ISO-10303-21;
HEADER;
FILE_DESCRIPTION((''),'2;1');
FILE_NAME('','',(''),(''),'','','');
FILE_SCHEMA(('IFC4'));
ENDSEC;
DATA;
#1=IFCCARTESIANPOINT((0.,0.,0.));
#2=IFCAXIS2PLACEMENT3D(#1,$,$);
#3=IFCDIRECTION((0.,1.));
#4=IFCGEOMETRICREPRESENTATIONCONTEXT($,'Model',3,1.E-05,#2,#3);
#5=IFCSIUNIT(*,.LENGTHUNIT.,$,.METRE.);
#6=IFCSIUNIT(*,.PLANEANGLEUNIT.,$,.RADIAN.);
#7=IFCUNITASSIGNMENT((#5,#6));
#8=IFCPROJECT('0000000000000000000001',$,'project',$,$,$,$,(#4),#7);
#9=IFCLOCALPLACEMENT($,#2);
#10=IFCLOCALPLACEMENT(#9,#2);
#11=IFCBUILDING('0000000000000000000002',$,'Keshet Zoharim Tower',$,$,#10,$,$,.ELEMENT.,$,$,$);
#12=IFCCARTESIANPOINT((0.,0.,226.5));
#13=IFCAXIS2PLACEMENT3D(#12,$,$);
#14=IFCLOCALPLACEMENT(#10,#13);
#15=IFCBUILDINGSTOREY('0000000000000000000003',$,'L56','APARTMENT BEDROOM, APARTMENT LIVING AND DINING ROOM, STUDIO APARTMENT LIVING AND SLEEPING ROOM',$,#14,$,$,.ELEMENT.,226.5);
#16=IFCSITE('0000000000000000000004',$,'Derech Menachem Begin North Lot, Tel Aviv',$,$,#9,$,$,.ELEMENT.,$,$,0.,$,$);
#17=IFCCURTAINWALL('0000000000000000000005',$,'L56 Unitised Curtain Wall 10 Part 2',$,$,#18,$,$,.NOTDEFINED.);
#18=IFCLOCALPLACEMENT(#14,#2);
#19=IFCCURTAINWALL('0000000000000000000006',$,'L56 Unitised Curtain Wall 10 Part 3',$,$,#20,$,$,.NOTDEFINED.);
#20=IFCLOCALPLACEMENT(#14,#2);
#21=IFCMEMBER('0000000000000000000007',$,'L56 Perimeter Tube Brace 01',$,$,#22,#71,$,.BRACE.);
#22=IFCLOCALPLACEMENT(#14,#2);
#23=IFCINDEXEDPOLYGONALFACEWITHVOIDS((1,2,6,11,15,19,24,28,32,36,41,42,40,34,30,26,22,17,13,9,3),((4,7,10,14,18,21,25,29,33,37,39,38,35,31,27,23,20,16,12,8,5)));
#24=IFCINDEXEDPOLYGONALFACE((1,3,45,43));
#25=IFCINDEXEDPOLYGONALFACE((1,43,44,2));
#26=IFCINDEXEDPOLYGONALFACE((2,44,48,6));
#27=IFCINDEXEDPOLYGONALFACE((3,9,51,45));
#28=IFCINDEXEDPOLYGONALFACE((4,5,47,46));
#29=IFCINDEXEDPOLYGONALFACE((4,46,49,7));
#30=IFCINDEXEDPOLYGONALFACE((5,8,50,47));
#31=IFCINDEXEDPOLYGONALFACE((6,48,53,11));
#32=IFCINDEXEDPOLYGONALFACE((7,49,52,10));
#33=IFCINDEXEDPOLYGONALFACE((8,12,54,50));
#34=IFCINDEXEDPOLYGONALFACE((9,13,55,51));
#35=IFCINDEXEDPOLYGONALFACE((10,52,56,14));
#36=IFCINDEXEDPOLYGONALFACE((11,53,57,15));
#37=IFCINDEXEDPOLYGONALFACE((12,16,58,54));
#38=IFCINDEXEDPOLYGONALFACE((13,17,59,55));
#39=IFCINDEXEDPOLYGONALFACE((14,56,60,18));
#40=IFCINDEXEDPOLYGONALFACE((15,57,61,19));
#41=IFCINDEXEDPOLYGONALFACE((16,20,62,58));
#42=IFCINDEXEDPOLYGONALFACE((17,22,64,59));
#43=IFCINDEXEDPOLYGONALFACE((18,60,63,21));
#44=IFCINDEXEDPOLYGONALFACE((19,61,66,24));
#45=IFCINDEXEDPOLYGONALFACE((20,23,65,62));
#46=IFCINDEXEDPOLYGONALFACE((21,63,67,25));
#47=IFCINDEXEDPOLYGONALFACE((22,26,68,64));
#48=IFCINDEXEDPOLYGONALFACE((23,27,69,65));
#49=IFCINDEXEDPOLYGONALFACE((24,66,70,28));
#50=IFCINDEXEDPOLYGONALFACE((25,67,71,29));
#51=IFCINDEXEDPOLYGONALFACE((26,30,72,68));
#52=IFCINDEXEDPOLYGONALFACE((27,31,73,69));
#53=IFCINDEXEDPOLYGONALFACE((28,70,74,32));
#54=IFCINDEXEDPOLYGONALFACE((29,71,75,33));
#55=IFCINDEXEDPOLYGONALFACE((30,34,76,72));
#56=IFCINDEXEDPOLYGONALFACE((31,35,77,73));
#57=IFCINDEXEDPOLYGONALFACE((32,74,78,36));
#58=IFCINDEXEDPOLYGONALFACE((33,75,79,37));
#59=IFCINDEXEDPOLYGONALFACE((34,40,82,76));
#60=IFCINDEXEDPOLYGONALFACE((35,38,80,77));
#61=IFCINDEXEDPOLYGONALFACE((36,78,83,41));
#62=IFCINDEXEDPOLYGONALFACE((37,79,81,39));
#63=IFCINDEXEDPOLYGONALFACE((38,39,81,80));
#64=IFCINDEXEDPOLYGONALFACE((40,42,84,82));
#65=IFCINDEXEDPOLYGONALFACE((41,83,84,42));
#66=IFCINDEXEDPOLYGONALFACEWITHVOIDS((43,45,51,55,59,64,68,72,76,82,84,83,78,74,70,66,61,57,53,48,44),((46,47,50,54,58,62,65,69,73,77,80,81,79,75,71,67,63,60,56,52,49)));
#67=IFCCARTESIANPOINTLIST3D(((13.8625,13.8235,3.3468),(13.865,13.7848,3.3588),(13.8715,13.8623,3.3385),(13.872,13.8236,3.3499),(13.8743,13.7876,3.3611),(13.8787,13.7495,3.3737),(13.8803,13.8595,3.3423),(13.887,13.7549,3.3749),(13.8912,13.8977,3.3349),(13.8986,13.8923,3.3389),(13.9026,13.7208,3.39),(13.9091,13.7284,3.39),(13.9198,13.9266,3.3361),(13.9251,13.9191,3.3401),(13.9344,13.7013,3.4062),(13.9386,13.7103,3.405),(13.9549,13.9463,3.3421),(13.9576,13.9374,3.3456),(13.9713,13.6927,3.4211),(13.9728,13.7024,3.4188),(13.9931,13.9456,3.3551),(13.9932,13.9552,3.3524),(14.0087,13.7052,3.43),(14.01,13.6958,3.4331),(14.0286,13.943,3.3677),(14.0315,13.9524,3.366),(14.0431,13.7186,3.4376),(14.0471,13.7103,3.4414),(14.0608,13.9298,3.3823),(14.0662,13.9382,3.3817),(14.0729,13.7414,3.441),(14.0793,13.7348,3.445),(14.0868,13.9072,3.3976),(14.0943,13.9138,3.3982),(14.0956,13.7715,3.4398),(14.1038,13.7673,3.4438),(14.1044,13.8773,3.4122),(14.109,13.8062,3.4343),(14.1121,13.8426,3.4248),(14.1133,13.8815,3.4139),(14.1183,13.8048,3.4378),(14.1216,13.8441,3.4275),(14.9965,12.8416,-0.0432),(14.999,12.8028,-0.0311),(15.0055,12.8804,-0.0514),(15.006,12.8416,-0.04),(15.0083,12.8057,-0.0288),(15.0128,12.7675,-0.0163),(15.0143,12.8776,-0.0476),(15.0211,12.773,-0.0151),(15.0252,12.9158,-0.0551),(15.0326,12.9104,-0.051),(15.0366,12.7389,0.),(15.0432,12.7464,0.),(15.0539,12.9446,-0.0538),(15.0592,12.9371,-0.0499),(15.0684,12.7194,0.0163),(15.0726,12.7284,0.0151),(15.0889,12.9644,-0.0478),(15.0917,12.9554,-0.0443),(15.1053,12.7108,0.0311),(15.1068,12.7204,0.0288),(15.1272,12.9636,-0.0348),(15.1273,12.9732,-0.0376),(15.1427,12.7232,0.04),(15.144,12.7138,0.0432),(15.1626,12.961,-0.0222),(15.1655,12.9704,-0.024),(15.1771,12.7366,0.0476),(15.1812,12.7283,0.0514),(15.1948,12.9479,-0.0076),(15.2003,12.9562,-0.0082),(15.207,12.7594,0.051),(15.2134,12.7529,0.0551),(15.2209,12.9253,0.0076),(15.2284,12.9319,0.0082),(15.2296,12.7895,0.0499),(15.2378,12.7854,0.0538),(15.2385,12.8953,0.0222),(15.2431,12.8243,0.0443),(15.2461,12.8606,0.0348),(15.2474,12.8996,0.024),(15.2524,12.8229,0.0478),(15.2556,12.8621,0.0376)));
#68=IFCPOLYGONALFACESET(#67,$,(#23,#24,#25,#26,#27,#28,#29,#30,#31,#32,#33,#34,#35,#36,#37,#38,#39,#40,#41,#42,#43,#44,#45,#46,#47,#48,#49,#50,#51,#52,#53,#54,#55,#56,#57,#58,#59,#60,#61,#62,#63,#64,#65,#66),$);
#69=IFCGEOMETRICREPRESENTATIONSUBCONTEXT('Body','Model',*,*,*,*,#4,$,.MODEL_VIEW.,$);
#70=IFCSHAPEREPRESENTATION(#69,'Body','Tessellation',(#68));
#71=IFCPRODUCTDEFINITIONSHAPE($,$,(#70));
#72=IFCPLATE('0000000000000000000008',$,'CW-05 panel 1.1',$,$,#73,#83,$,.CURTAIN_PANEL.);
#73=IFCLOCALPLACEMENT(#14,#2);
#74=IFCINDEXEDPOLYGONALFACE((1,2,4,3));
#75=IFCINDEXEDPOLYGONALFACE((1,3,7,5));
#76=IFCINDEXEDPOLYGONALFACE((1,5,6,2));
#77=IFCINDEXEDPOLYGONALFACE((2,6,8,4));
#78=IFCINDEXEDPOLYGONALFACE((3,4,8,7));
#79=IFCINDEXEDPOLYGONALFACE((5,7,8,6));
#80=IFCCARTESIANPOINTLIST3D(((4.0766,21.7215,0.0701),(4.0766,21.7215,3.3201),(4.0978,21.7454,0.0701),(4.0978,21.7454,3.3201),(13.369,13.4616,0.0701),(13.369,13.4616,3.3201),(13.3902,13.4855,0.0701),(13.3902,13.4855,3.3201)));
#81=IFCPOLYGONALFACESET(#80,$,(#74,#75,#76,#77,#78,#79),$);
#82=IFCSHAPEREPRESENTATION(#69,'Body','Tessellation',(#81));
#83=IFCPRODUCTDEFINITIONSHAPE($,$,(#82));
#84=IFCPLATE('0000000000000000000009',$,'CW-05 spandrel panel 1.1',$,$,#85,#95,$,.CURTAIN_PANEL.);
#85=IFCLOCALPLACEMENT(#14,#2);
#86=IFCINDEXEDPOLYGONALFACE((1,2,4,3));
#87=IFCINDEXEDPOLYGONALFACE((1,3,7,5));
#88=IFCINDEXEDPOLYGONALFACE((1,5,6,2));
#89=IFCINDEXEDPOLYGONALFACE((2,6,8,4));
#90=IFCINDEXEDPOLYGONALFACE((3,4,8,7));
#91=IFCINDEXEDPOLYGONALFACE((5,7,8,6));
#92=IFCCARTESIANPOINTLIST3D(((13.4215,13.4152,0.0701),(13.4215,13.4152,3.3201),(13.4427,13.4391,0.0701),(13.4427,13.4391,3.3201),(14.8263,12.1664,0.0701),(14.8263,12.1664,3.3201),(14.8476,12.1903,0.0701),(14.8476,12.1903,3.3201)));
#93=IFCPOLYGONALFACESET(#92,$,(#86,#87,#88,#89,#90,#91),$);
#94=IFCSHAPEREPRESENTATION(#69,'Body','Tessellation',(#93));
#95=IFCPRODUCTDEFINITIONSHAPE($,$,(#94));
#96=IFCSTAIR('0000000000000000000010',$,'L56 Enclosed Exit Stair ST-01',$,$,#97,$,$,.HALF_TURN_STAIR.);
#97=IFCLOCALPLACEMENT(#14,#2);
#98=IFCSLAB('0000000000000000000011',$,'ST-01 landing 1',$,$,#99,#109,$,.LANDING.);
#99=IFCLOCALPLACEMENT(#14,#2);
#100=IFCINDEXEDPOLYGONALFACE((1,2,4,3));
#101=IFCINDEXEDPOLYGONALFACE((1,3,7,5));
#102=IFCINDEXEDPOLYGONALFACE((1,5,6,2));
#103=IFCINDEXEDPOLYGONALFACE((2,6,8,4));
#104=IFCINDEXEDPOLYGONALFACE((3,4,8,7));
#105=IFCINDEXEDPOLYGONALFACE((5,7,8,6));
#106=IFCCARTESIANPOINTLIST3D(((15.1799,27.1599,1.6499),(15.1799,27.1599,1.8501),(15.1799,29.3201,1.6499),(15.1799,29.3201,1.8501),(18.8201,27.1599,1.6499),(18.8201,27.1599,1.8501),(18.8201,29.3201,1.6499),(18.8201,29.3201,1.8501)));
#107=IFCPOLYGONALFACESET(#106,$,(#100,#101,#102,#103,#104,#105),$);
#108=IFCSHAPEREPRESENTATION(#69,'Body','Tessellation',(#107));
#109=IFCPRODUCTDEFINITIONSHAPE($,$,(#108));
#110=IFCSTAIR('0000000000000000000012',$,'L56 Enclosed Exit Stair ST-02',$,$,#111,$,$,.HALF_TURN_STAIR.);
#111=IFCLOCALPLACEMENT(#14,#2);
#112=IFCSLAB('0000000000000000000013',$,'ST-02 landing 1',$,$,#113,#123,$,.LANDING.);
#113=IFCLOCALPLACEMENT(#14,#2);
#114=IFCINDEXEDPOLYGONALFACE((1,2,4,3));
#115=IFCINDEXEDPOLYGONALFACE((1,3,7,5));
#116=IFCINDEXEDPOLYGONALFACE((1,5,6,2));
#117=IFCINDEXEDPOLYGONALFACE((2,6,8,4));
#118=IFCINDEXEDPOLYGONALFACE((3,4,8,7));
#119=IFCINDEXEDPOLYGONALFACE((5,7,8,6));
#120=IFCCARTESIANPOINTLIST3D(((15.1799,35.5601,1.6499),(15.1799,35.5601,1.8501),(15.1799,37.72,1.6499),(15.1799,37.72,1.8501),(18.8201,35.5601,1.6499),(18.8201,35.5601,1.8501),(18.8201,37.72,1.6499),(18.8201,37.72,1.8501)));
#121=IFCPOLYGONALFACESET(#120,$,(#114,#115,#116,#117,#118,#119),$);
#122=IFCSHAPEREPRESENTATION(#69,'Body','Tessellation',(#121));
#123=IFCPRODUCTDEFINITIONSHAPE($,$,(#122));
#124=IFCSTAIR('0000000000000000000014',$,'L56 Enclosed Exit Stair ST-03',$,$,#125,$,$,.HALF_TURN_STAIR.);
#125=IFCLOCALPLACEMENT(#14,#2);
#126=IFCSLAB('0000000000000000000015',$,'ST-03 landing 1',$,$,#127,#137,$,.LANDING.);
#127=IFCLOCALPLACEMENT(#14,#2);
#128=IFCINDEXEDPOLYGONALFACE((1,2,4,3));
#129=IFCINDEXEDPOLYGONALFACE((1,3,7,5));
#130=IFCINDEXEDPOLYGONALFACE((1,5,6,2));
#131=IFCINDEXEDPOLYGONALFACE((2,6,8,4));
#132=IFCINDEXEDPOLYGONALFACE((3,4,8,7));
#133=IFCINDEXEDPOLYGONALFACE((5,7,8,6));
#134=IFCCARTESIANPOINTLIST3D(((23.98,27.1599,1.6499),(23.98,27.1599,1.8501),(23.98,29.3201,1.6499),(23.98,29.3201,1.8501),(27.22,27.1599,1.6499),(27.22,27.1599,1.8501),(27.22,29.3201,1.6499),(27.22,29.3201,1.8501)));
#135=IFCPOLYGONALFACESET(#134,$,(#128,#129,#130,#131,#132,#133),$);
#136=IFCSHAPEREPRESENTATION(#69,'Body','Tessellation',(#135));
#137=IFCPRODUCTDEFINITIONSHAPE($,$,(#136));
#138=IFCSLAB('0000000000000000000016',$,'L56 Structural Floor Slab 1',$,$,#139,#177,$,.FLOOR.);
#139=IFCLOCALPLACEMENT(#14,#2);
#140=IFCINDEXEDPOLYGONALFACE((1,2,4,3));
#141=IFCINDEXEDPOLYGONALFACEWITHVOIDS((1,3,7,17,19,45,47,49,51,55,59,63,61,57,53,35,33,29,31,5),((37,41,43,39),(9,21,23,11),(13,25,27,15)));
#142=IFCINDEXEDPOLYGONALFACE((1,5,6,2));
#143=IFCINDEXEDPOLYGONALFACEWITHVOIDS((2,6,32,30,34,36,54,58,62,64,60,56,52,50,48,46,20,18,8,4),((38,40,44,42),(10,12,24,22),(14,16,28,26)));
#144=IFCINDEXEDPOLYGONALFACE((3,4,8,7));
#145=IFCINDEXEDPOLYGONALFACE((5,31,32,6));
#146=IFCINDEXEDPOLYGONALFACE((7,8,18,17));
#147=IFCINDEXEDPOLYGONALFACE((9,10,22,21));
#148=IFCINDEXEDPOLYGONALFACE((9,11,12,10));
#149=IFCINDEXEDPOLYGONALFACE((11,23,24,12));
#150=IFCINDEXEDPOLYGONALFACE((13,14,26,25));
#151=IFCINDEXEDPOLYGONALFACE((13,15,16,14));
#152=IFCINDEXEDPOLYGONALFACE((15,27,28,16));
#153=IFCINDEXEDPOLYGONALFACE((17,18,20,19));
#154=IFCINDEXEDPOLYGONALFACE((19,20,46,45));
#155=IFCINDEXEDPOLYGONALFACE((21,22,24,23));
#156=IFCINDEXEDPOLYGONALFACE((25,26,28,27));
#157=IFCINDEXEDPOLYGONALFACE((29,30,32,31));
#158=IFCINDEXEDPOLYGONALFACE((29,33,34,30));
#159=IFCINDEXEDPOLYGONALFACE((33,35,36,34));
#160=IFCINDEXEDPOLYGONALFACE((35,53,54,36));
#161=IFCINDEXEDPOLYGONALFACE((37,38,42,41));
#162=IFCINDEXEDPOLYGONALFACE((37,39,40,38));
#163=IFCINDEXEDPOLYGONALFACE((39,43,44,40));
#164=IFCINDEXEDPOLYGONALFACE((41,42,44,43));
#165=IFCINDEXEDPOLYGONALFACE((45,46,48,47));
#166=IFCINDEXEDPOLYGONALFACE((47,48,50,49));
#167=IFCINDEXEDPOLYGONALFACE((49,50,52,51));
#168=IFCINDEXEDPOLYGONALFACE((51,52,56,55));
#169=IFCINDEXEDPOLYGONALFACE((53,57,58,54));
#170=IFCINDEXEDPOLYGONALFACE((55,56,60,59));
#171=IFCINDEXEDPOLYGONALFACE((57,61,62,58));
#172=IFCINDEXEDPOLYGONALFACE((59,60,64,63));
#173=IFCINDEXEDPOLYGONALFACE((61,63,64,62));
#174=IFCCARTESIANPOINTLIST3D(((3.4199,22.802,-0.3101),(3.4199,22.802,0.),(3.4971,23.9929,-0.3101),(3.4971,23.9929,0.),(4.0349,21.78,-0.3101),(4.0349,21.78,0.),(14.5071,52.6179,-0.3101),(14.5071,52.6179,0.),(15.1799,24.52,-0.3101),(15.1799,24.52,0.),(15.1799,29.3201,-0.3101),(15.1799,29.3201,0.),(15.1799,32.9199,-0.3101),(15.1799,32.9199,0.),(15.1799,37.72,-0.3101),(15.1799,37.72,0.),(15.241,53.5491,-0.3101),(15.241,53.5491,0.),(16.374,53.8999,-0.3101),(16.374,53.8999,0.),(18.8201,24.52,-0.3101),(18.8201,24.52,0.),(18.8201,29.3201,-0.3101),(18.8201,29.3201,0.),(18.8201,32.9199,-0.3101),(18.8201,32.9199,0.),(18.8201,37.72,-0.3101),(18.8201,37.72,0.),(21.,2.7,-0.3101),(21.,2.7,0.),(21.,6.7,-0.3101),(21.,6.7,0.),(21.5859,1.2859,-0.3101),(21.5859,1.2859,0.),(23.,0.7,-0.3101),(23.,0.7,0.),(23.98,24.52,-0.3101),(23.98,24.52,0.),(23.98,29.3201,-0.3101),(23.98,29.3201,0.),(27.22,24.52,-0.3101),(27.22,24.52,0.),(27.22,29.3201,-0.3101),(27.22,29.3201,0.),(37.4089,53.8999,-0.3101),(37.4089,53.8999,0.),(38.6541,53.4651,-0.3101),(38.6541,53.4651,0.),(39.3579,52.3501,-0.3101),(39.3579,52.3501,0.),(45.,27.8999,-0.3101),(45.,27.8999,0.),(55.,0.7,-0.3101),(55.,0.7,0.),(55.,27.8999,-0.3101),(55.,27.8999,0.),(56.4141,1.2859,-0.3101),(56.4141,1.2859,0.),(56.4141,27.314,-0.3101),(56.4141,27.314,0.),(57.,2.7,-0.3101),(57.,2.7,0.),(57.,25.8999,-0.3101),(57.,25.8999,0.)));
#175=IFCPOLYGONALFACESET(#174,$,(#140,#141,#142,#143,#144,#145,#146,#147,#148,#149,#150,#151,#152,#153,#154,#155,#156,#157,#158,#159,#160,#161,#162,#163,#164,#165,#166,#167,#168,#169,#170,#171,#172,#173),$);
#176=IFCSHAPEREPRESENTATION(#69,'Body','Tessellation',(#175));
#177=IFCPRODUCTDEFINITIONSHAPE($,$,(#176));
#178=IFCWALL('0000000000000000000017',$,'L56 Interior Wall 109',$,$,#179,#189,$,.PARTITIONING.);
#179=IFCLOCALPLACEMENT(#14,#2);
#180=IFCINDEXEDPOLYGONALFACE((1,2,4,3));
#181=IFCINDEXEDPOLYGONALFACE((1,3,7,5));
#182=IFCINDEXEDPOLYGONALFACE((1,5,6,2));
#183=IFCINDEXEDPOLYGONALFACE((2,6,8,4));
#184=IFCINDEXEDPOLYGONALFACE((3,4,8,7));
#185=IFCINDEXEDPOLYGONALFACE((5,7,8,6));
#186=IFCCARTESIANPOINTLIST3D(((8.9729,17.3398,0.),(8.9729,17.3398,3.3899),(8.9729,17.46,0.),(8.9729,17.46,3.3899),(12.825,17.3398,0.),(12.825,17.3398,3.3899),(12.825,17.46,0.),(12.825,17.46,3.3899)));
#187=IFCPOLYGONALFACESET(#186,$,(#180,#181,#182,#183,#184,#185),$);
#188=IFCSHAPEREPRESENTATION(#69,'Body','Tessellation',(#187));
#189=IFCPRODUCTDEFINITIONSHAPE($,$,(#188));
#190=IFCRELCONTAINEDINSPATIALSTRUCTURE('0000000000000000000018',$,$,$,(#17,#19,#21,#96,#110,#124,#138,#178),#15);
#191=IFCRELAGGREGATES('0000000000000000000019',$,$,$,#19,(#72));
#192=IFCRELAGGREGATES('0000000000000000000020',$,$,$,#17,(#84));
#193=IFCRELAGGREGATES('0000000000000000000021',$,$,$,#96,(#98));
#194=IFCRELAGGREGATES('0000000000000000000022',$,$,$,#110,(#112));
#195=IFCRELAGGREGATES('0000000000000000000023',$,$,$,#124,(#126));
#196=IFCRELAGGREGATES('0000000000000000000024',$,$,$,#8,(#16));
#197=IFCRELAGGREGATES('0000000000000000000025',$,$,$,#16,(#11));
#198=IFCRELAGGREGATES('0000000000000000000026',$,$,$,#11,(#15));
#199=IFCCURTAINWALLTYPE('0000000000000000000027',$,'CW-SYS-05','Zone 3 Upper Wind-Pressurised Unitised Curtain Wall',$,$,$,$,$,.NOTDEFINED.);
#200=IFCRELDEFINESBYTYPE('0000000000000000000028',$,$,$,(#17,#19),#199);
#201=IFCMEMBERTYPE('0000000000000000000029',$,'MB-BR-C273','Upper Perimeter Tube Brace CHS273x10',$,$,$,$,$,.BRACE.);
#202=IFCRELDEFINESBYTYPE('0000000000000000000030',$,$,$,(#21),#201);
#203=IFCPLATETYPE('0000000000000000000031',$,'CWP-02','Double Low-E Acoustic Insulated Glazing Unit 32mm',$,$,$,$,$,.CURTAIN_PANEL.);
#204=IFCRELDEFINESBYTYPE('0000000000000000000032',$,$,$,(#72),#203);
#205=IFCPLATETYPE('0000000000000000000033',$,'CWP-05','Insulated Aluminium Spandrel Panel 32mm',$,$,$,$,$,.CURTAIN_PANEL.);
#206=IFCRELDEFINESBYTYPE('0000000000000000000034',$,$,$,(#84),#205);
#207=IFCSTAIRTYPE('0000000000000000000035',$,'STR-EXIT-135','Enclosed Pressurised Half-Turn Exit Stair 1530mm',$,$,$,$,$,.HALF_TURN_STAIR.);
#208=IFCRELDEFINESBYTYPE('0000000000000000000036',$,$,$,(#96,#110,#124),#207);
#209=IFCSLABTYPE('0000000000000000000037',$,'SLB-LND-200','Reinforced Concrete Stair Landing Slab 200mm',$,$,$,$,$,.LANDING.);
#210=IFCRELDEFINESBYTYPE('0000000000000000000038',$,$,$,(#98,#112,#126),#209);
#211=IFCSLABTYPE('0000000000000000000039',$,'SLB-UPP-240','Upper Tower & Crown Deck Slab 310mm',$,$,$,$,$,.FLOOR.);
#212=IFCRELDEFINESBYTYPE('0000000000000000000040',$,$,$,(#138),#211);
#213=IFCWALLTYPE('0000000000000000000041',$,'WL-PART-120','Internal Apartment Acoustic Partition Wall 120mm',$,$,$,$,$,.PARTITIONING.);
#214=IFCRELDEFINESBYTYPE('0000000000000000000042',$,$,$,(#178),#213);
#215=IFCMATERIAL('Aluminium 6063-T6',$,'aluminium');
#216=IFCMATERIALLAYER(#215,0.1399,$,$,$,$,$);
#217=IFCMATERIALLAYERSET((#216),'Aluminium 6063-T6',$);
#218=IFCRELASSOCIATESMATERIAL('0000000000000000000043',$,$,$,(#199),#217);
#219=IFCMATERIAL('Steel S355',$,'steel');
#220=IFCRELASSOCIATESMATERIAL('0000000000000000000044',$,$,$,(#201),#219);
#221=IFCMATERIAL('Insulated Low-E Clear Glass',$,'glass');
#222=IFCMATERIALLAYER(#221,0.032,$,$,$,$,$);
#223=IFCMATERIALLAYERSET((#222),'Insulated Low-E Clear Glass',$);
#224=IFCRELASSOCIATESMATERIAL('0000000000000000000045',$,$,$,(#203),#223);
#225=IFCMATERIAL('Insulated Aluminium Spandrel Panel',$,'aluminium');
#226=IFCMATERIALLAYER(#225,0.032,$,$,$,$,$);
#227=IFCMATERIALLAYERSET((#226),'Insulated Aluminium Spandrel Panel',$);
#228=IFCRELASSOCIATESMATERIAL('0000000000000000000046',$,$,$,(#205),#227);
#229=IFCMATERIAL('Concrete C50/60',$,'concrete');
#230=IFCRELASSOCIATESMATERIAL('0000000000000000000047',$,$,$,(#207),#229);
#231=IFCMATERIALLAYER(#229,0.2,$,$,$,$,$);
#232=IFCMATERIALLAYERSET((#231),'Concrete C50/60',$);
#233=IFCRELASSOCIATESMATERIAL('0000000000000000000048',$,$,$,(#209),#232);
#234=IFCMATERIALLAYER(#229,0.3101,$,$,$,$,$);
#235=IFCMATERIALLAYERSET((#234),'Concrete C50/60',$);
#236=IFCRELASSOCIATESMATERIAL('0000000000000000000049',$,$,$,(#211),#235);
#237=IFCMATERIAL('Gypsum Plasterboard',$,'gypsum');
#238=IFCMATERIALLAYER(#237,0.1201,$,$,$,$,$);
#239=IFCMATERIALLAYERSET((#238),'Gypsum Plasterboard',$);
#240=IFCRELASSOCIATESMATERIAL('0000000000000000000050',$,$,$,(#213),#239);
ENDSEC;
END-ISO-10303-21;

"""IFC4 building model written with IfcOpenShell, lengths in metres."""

from ifc_helpers import new_model, si_unit, direction, frame, frame_2d, origin, origin_2d, place, context, subcontext, project, spatial, polyline, rectangle, hollow_circle, outline, extrude, material, layer, layer_set, material_profile, profile_set, type_object, element, aggregate, save


model = new_model("IFC4")

# Units and contexts
model_context = context("Model", 3, precision=1e-05, world=origin(), true_north=direction((0.0, 1.0)))
body_context = subcontext(model_context, "Body", "Model", "MODEL_VIEW")
ifc_project = project(units=[si_unit("LENGTHUNIT", "METRE"), si_unit("PLANEANGLEUNIT", "RADIAN")], contexts=[model_context])

# Site, building, storey
site_placement = place(None, origin())
site = spatial("IfcSite", under=ifc_project, at=site_placement, Name="Derech Menachem Begin North Lot, Tel Aviv", CompositionType="ELEMENT", RefElevation=0.0)
building_placement = place(site_placement, origin())
building = spatial("IfcBuilding", under=site, at=building_placement, Name="Keshet Zoharim Tower", CompositionType="ELEMENT")
storey_placement = place(building_placement, frame((0.0, 0.0, 226.5)))
storey = spatial("IfcBuildingStorey", under=building, at=storey_placement, Name="L56", Description="APARTMENT BEDROOM, APARTMENT LIVING AND DINING ROOM, STUDIO APARTMENT LIVING AND SLEEPING ROOM", CompositionType="ELEMENT", Elevation=226.5)

# Shared definitions
ifc_material_1 = material(Name="Steel S355", Category="steel")
ifc_material_2 = material(Name="Concrete C50/60", Category="concrete")

# Shared definitions
ifc_material_3 = material(Name="Aluminium 6063-T6", Category="aluminium")
ifc_layer_1 = layer(ifc_material_3, 0.1399)
ifc_layer_set_1 = layer_set([ifc_layer_1], Name="Aluminium 6063-T6")
curtain_wall_type = type_object("IfcCurtainWallType", Name="CW-SYS-05", Description="Zone 3 Upper Wind-Pressurised Unitised Curtain Wall", PredefinedType="NOTDEFINED", material=ifc_layer_set_1)

# Curtain walls
curtain_wall_1_placement = place(storey_placement, origin())
curtain_wall_1 = element("IfcCurtainWall", 1, at=curtain_wall_1_placement, inside=storey, type_object=curtain_wall_type, Name="L56 Unitised Curtain Wall 10 Part 2", PredefinedType="NOTDEFINED")
curtain_wall_2_placement = place(storey_placement, origin())
curtain_wall_2 = element("IfcCurtainWall", 2, at=curtain_wall_2_placement, inside=storey, type_object=curtain_wall_type, Name="L56 Unitised Curtain Wall 10 Part 3", PredefinedType="NOTDEFINED")

# Member
ifc_material_profile_1 = material_profile(ifc_material_1, hollow_circle(Radius=0.1365, WallThickness=0.01, at=origin_2d()), Name="CHS273x10")
ifc_profile_set_1 = profile_set([ifc_material_profile_1], Name="Steel S355")
member_type_1 = type_object("IfcMemberType", Name="MB-BR-C273", Description="Upper Perimeter Tube Brace CHS273x10", PredefinedType="BRACE", material=ifc_profile_set_1)
member_1_placement = place(storey_placement, frame((15.126, 12.842, 0.0), z_axis=(-0.30592, 0.264889, 0.914466), x_axis=(-0.65459, -0.755984, 0.0)))
element("IfcMember", 3, at=member_1_placement, inside=storey, type_object=member_type_1, Name="L56 Perimeter Tube Brace 01", PredefinedType="BRACE", context=body_context, shape_type="SweptSolid", body=[
    extrude(hollow_circle(Radius=0.1365, WallThickness=0.01, at=origin_2d()), origin(), (0.0, 0.0, 1.0), 3.707),
])

# Plates
ifc_material_4 = material(Name="Insulated Low-E Clear Glass", Category="glass")
ifc_layer_2 = layer(ifc_material_4, 0.032)
ifc_layer_set_2 = layer_set([ifc_layer_2], Name="Insulated Low-E Clear Glass")
plate_type_1 = type_object("IfcPlateType", Name="CWP-02", Description="Double Low-E Acoustic Insulated Glazing Unit 32mm", PredefinedType="CURTAIN_PANEL", material=ifc_layer_set_2)
plate_1_placement = place(storey_placement, frame((8.7334, 17.6035, 0.0701), z_axis=(0.0, 0.0, 1.0), x_axis=(-0.747409, 0.664364, 0.0)))
plate_1 = element("IfcPlate", 4, at=plate_1_placement, type_object=plate_type_1, Name="CW-05 panel 1.1", PredefinedType="CURTAIN_PANEL", context=body_context, shape_type="SweptSolid", body=[
    extrude(rectangle(XDim=12.4329, YDim=0.032, at=origin_2d()), origin(), (0.0, 0.0, 1.0), 3.25),
])
aggregate(curtain_wall_2, [plate_1])
ifc_material_5 = material(Name="Insulated Aluminium Spandrel Panel", Category="aluminium")
ifc_layer_3 = layer(ifc_material_5, 0.032)
ifc_layer_set_3 = layer_set([ifc_layer_3], Name="Insulated Aluminium Spandrel Panel")
plate_type_2 = type_object("IfcPlateType", Name="CWP-05", Description="Insulated Aluminium Spandrel Panel 32mm", PredefinedType="CURTAIN_PANEL", material=ifc_layer_set_3)
plate_2_placement = place(storey_placement, frame((14.1345, 12.8027, 0.0701), z_axis=(0.0, 0.0, 1.0), x_axis=(-0.747406, 0.664367, 0.0)))
plate_2 = element("IfcPlate", 5, at=plate_2_placement, type_object=plate_type_2, Name="CW-05 spandrel panel 1.1", PredefinedType="CURTAIN_PANEL", context=body_context, shape_type="SweptSolid", body=[
    extrude(rectangle(XDim=1.8796, YDim=0.032, at=origin_2d()), origin(), (0.0, 0.0, 1.0), 3.25),
])
aggregate(curtain_wall_1, [plate_2])

# Stairs, slabs
stair_type = type_object("IfcStairType", Name="STR-EXIT-135", Description="Enclosed Pressurised Half-Turn Exit Stair 1530mm", PredefinedType="HALF_TURN_STAIR", material=ifc_material_2)
stair_1_placement = place(storey_placement, origin())
stair_1 = element("IfcStair", 6, at=stair_1_placement, inside=storey, type_object=stair_type, Name="L56 Enclosed Exit Stair ST-01", PredefinedType="HALF_TURN_STAIR")
ifc_layer_4 = layer(ifc_material_2, 0.2)
ifc_layer_set_4 = layer_set([ifc_layer_4], Name="Concrete C50/60")
slab_type_1 = type_object("IfcSlabType", Name="SLB-LND-200", Description="Reinforced Concrete Stair Landing Slab 200mm", PredefinedType="LANDING", material=ifc_layer_set_4)
slab_1_placement = place(storey_placement, frame((0.0, 0.0, 1.6499)))
slab_1 = element("IfcSlab", 7, at=slab_1_placement, type_object=slab_type_1, Name="ST-01 landing 1", PredefinedType="LANDING", context=body_context, shape_type="SweptSolid", body=[
    extrude(outline(polyline([(15.1799, 27.1599), (18.8201, 27.1599), (18.8201, 29.3201), (15.1799, 29.3201), (15.1799, 27.1599)])), origin(), (0.0, 0.0, 1.0), 0.2002),
])
aggregate(stair_1, [slab_1])
stair_2_placement = place(storey_placement, origin())
stair_2 = element("IfcStair", 8, at=stair_2_placement, inside=storey, type_object=stair_type, Name="L56 Enclosed Exit Stair ST-02", PredefinedType="HALF_TURN_STAIR")
slab_2_placement = place(storey_placement, frame((0.0, 0.0, 1.6499)))
slab_2 = element("IfcSlab", 9, at=slab_2_placement, type_object=slab_type_1, Name="ST-02 landing 1", PredefinedType="LANDING", context=body_context, shape_type="SweptSolid", body=[
    extrude(outline(polyline([(15.1799, 35.5601), (18.8201, 35.5601), (18.8201, 37.72), (15.1799, 37.72), (15.1799, 35.5601)])), origin(), (0.0, 0.0, 1.0), 0.2002),
])
aggregate(stair_2, [slab_2])
stair_3_placement = place(storey_placement, origin())
stair_3 = element("IfcStair", 10, at=stair_3_placement, inside=storey, type_object=stair_type, Name="L56 Enclosed Exit Stair ST-03", PredefinedType="HALF_TURN_STAIR")
slab_3_placement = place(storey_placement, frame((0.0, 0.0, 1.6499)))
slab_3 = element("IfcSlab", 11, at=slab_3_placement, type_object=slab_type_1, Name="ST-03 landing 1", PredefinedType="LANDING", context=body_context, shape_type="SweptSolid", body=[
    extrude(outline(polyline([(23.98, 27.1599), (27.22, 27.1599), (27.22, 29.3201), (23.98, 29.3201), (23.98, 27.1599)])), origin(), (0.0, 0.0, 1.0), 0.2002),
])
aggregate(stair_3, [slab_3])

# Slab
ifc_layer_5 = layer(ifc_material_2, 0.3101)
ifc_layer_set_5 = layer_set([ifc_layer_5], Name="Concrete C50/60")
slab_type_2 = type_object("IfcSlabType", Name="SLB-UPP-240", Description="Upper Tower & Crown Deck Slab 310mm", PredefinedType="FLOOR", material=ifc_layer_set_5)
slab_4_placement = place(storey_placement, frame((0.0, 0.0, -0.3101)))
element("IfcSlab", 12, at=slab_4_placement, inside=storey, type_object=slab_type_2, Name="L56 Structural Floor Slab 1", PredefinedType="FLOOR", context=body_context, shape_type="SweptSolid", body=[
    extrude(outline(polyline([(55.0, 27.8999), (56.4141, 27.314), (57.0, 25.8999), (57.0, 2.7), (56.4141, 1.2859), (55.0, 0.7), (23.0, 0.7), (21.5859, 1.2859), (21.0, 2.7), (21.0, 6.7), (4.0349, 21.78), (3.4199, 22.802), (3.4971, 23.9929), (14.5071, 52.6179), (15.241, 53.5491), (16.374, 53.8999), (37.4089, 53.8999), (38.6541, 53.4651), (39.3579, 52.3501), (45.0, 27.8999), (55.0, 27.8999)]), holes=[polyline([(15.1799, 24.52), (18.8201, 24.52), (18.8201, 29.3201), (15.1799, 29.3201), (15.1799, 24.52)]), polyline([(15.1799, 32.9199), (18.8201, 32.9199), (18.8201, 37.72), (15.1799, 37.72), (15.1799, 32.9199)]), polyline([(23.98, 24.52), (27.22, 24.52), (27.22, 29.3201), (23.98, 29.3201), (23.98, 24.52)])]), origin(), (0.0, 0.0, 1.0), 0.3101),
])

# Shared definitions
ifc_material_6 = material(Name="Gypsum Plasterboard", Category="gypsum")

# Wall
ifc_layer_6 = layer(ifc_material_6, 0.1201)
ifc_layer_set_6 = layer_set([ifc_layer_6], Name="Gypsum Plasterboard")
wall_type_1 = type_object("IfcWallType", Name="WL-PART-120", Description="Internal Apartment Acoustic Partition Wall 120mm", PredefinedType="PARTITIONING", material=ifc_layer_set_6)
wall_1_placement = place(storey_placement, frame((8.9729, 17.3999, 0.0), z_axis=(0.0, 0.0, 1.0), x_axis=(1.0, 0.0, 0.0)))
element("IfcWall", 13, at=wall_1_placement, inside=storey, type_object=wall_type_1, Name="L56 Interior Wall 109", PredefinedType="PARTITIONING", context=body_context, shape_type="SweptSolid", body=[
    extrude(rectangle(XDim=3.8521, YDim=0.1201, at=frame_2d((1.926, 0.0))), origin(), (0.0, 0.0, 1.0), 3.3899),
])

save(model, "model.ifc")
